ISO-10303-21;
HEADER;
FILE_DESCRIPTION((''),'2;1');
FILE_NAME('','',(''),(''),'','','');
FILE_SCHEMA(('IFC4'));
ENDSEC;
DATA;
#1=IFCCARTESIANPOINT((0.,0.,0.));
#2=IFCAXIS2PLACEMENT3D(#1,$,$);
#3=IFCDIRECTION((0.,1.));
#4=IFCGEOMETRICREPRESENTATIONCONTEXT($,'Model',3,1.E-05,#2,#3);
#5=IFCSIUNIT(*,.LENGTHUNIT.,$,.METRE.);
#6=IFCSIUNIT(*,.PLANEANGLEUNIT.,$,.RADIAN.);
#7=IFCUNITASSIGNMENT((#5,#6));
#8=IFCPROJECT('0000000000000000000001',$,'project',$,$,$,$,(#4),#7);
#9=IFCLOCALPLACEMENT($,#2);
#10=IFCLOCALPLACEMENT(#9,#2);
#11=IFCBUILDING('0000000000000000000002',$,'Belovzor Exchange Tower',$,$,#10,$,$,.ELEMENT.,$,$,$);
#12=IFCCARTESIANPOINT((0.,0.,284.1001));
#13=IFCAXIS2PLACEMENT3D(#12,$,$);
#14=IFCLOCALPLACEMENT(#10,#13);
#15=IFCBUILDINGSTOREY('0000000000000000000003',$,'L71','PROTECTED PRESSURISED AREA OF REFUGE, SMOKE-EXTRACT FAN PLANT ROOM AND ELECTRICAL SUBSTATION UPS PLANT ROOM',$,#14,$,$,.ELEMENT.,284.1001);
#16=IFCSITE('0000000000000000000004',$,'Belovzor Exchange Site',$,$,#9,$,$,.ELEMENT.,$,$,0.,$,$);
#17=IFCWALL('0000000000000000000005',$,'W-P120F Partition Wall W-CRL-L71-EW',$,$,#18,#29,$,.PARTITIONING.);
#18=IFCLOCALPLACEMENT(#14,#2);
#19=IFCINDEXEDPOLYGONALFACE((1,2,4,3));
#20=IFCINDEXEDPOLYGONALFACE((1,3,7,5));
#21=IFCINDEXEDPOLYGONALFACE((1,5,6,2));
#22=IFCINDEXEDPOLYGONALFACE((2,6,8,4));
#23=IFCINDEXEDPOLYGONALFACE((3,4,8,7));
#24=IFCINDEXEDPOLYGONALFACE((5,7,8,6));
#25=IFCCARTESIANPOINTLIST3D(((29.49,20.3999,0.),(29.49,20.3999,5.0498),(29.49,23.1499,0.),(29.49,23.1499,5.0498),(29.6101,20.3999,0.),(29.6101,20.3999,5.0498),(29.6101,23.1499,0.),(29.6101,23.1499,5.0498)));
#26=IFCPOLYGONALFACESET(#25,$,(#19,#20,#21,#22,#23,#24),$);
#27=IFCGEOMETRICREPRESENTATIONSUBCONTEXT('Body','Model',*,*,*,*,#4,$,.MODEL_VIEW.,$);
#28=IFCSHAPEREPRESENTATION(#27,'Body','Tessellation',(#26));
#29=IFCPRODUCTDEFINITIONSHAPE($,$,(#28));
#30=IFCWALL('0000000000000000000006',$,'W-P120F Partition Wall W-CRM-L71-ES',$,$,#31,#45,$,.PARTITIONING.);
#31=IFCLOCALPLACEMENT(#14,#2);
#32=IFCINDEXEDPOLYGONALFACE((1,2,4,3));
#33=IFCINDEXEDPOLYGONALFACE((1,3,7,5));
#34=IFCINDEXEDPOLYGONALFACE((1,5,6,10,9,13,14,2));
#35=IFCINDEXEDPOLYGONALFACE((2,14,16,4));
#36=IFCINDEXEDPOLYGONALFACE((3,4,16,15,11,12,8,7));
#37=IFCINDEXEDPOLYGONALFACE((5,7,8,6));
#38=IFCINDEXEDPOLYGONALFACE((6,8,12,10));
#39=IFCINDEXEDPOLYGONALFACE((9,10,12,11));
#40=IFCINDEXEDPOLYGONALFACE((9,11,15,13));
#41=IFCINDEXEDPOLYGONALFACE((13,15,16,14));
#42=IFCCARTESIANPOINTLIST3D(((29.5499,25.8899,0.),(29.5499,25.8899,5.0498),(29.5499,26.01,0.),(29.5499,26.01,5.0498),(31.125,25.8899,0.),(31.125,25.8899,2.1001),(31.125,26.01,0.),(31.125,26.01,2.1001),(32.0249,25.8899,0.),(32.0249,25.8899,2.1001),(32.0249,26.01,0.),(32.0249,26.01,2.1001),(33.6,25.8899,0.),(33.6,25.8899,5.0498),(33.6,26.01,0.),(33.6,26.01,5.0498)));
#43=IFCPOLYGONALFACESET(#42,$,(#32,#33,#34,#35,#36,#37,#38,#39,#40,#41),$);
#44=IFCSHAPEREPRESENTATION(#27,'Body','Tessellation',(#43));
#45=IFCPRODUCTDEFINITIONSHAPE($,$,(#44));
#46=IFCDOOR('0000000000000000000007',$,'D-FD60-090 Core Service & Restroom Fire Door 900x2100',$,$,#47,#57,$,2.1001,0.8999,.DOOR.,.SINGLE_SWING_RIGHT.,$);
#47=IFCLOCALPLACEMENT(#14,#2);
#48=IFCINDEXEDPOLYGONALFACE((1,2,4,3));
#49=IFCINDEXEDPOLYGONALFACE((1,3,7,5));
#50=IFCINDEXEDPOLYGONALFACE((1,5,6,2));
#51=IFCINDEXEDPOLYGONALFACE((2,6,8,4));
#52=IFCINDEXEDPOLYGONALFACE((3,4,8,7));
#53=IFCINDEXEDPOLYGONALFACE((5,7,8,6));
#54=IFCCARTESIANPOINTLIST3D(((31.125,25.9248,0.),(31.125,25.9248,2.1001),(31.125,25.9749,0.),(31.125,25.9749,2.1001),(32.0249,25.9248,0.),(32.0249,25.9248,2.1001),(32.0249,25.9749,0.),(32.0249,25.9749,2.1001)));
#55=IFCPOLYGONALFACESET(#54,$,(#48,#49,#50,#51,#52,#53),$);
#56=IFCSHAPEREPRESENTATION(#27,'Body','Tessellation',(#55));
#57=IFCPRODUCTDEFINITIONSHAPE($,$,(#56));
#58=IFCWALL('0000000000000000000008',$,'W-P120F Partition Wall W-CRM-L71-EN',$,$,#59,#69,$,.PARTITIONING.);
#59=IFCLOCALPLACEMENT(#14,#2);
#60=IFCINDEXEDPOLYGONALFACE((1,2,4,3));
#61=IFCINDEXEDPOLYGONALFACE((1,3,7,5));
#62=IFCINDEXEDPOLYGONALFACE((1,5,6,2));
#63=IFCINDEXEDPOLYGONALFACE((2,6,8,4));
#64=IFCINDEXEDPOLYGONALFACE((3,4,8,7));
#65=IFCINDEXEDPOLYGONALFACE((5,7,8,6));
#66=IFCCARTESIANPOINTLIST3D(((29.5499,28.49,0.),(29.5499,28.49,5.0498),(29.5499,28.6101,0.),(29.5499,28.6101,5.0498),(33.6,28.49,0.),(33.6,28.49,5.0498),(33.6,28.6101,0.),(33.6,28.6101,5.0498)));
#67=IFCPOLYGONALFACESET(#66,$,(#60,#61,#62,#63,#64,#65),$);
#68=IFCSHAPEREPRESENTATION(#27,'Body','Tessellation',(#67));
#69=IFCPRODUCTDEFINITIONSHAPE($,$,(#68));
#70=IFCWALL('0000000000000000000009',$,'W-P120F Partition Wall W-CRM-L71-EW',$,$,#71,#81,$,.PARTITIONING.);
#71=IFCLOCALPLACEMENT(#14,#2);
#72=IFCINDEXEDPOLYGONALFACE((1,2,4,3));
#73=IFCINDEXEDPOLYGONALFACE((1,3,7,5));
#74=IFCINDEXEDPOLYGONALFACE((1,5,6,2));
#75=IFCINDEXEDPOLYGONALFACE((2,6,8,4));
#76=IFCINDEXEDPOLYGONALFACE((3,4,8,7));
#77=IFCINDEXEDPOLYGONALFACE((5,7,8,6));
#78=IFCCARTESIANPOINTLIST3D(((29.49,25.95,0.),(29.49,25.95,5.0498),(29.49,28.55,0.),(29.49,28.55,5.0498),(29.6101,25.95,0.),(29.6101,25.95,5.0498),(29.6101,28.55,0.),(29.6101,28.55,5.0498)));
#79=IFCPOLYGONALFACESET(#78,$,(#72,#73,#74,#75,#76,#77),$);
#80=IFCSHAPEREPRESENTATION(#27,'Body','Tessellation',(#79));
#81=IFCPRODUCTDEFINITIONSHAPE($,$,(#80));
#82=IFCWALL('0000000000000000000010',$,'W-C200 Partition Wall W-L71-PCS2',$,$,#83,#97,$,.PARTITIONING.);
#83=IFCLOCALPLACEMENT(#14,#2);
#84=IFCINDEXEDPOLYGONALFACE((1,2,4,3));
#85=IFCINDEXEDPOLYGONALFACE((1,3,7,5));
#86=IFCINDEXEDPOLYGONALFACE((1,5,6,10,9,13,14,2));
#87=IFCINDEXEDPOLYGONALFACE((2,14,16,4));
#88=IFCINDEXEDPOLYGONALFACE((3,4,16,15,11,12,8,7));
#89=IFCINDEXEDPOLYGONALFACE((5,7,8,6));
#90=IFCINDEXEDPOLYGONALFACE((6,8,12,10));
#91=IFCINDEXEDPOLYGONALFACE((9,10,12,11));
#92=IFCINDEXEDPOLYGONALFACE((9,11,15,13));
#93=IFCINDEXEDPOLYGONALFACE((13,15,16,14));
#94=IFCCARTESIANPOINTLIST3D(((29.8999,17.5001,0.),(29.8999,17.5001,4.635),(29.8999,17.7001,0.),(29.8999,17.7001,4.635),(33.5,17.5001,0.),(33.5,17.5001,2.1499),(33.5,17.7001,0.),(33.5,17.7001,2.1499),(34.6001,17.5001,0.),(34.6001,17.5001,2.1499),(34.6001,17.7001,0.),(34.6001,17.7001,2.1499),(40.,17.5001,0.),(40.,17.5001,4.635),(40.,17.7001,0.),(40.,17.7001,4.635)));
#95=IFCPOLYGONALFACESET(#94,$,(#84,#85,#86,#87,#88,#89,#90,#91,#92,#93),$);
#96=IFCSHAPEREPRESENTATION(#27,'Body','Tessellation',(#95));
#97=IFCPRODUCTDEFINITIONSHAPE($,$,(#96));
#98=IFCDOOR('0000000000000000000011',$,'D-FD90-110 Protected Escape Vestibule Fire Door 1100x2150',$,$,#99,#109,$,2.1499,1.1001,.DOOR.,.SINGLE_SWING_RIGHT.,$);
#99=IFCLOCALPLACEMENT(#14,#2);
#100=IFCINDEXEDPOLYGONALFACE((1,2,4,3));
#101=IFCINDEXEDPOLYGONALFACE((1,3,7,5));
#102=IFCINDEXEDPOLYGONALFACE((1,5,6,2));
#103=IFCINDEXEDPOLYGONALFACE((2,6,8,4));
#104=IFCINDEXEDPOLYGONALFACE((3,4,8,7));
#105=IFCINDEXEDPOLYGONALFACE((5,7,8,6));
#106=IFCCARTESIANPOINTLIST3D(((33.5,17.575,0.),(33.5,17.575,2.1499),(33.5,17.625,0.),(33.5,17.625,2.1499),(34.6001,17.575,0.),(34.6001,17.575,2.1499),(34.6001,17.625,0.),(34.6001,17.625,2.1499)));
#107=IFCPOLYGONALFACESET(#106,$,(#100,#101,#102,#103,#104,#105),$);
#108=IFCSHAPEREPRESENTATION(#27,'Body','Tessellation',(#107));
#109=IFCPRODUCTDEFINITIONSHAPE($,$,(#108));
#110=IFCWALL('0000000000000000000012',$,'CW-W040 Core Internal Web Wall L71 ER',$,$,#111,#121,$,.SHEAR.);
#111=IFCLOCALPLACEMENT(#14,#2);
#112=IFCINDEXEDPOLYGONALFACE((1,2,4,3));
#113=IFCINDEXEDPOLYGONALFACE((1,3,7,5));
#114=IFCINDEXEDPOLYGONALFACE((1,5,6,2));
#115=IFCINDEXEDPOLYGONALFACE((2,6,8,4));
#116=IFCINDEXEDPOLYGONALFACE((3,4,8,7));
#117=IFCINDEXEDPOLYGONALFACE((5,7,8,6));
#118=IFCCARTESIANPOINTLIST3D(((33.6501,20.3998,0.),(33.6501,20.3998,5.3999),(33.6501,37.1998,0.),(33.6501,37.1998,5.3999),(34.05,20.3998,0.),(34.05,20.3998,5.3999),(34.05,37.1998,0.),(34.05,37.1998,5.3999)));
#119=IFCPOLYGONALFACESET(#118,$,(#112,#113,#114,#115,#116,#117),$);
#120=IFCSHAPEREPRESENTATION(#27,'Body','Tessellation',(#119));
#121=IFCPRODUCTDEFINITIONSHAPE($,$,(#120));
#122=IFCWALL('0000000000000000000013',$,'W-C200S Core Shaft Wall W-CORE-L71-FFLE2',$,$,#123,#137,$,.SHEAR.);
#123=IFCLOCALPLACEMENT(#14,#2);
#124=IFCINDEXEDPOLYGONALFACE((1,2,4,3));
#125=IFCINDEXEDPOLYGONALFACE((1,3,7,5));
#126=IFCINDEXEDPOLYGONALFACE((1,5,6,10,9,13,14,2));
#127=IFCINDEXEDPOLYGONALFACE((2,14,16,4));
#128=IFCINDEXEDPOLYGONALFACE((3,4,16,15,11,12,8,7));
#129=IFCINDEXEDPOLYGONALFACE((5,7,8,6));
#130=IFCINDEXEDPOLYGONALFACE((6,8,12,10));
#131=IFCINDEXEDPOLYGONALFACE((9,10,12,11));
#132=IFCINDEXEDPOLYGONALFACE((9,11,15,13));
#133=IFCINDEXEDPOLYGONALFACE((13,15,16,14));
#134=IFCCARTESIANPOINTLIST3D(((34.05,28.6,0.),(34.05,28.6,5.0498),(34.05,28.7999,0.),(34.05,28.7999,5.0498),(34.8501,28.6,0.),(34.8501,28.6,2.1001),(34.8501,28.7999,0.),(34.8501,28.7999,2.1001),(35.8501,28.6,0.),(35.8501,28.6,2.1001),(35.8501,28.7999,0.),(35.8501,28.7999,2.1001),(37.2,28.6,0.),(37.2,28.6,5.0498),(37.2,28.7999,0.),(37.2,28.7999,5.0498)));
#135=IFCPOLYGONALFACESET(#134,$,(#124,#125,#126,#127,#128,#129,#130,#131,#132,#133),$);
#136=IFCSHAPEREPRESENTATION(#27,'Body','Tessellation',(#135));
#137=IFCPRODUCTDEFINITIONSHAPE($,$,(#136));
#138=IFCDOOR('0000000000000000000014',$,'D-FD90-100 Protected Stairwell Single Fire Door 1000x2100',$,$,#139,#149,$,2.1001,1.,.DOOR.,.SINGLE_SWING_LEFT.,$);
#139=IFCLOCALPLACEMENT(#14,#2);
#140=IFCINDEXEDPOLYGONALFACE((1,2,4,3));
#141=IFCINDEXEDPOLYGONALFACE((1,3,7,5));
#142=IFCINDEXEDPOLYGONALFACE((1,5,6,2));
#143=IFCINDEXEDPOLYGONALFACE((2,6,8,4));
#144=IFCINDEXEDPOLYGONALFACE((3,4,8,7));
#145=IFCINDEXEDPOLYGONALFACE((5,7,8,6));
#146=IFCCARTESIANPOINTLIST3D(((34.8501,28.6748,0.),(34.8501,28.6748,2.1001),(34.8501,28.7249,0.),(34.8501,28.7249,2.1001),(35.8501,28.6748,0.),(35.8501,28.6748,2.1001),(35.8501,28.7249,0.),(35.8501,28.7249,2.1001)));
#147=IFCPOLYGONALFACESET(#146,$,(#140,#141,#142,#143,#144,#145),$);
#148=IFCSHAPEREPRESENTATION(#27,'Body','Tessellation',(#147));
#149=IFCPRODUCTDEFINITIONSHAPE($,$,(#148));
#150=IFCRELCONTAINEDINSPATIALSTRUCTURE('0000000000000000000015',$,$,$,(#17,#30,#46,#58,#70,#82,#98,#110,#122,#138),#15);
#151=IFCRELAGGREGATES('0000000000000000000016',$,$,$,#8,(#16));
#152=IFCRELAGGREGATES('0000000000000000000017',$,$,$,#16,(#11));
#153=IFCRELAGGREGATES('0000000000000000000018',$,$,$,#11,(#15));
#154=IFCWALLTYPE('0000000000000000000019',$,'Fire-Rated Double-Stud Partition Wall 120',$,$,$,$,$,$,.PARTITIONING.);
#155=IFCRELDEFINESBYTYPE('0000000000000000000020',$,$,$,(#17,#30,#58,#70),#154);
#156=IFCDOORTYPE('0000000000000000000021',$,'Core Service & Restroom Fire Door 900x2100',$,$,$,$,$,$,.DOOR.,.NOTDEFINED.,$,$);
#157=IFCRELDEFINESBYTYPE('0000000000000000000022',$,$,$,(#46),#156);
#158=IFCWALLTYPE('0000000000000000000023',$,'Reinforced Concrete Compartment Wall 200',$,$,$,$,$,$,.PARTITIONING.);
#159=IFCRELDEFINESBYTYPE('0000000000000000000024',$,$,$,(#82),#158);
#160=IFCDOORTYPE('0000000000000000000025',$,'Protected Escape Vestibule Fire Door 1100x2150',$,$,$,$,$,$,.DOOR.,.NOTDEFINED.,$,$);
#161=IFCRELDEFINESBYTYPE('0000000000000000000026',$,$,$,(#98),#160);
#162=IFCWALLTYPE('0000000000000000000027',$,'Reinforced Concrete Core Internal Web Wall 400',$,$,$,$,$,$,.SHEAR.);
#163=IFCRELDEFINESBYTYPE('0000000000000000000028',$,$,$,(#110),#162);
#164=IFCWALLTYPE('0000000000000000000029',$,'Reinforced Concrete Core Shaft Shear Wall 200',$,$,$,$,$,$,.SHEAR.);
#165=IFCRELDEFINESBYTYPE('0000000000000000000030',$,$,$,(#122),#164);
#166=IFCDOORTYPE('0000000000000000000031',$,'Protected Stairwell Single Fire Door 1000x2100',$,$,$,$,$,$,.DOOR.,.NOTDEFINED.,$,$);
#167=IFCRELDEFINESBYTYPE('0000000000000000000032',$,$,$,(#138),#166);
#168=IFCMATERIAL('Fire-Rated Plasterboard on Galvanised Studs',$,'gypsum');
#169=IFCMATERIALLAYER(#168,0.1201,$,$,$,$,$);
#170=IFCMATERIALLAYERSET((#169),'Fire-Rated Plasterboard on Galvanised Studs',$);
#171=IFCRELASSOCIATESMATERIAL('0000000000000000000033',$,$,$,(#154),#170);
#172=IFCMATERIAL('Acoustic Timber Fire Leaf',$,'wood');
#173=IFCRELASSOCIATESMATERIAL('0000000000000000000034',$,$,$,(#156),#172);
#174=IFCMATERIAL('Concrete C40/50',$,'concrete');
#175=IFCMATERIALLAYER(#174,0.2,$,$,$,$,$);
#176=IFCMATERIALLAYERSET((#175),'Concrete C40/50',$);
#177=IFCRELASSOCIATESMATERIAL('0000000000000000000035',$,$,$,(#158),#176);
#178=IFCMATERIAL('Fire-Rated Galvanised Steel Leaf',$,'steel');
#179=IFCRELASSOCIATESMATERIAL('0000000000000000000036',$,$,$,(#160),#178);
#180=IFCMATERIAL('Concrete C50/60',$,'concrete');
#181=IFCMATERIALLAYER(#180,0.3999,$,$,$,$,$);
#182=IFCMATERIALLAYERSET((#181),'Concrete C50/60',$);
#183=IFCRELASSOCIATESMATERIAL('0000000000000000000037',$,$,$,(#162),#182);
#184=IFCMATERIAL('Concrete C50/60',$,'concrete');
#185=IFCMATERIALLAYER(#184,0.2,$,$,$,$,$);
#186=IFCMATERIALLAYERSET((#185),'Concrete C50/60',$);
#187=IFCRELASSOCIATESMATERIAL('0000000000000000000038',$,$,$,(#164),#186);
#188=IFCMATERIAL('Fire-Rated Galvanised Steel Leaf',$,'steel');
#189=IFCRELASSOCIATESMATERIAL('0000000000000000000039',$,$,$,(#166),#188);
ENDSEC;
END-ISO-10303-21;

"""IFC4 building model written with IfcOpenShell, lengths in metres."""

from ifc_helpers import new_model, si_unit, direction, frame, frame_2d, origin, place, context, subcontext, project, spatial, rectangle, extrude, material, layer, layer_set, type_object, element, fill, save


model = new_model("IFC4")

# Units and contexts
model_context = context("Model", 3, precision=1e-05, world=origin(), true_north=direction((0.0, 1.0)))
body_context = subcontext(model_context, "Body", "Model", "MODEL_VIEW")
ifc_project = project(units=[si_unit("LENGTHUNIT", "METRE"), si_unit("PLANEANGLEUNIT", "RADIAN")], contexts=[model_context])

# Site, building, storey
site_placement = place(None, origin())
site = spatial("IfcSite", under=ifc_project, at=site_placement, Name="Belovzor Exchange Site", CompositionType="ELEMENT", RefElevation=0.0)
building_placement = place(site_placement, origin())
building = spatial("IfcBuilding", under=site, at=building_placement, Name="Belovzor Exchange Tower", CompositionType="ELEMENT")
storey_placement = place(building_placement, frame((0.0, 0.0, 284.1001)))
storey = spatial("IfcBuildingStorey", under=building, at=storey_placement, Name="L71", Description="PROTECTED PRESSURISED AREA OF REFUGE, SMOKE-EXTRACT FAN PLANT ROOM AND ELECTRICAL SUBSTATION UPS PLANT ROOM", CompositionType="ELEMENT", Elevation=284.1001)

# Shared definitions
ifc_material_1 = material(Name="Fire-Rated Plasterboard on Galvanised Studs", Category="gypsum")
ifc_layer_1 = layer(ifc_material_1, 0.1201)
ifc_layer_set_1 = layer_set([ifc_layer_1], Name="Fire-Rated Plasterboard on Galvanised Studs")
wall_type_1 = type_object("IfcWallType", Name="Fire-Rated Double-Stud Partition Wall 120", PredefinedType="PARTITIONING", material=ifc_layer_set_1)
ifc_material_2 = material(Name="Acoustic Timber Fire Leaf", Category="wood")
door_type_1 = type_object("IfcDoorType", Name="Core Service & Restroom Fire Door 900x2100", OperationType="NOTDEFINED", PredefinedType="DOOR", material=ifc_material_2)

# Wall
wall_1_placement = place(storey_placement, frame((29.55, 20.3999, 0.0), z_axis=(0.0, 0.0, 1.0), x_axis=(0.0, 1.0, 0.0)))
element("IfcWall", 1, at=wall_1_placement, inside=storey, type_object=wall_type_1, Name="W-P120F Partition Wall W-CRL-L71-EW", PredefinedType="PARTITIONING", context=body_context, shape_type="SweptSolid", body=[
    extrude(rectangle(XDim=2.75, YDim=0.1201, at=frame_2d((1.375, 0.0))), origin(), (0.0, 0.0, 1.0), 5.0498),
])

# Wall, opening, door
wall_2_placement = place(storey_placement, frame((29.55, 25.95, 0.0), z_axis=(0.0, 0.0, 1.0), x_axis=(1.0, 0.0, 0.0)))
wall_2 = element("IfcWall", 2, at=wall_2_placement, inside=storey, type_object=wall_type_1, Name="W-P120F Partition Wall W-CRM-L71-ES", PredefinedType="PARTITIONING", context=body_context, shape_type="SweptSolid", body=[
    extrude(rectangle(XDim=4.05, YDim=0.1201, at=frame_2d((2.0249, 0.0))), origin(), (0.0, 0.0, 1.0), 5.0498),
])
opening_1_placement = place(wall_2_placement, frame((1.575, 0.0, 0.0)))
opening_1 = element("IfcOpeningElement", 3, at=opening_1_placement, cuts=wall_2, PredefinedType="OPENING", context=body_context, shape_type="SweptSolid", body=[
    extrude(rectangle(XDim=0.8999, YDim=2.1001, at=frame_2d((0.45, 1.05))), frame((0.0, 0.0701, 0.0), z_axis=(0.0, -1.0, 0.0), x_axis=(1.0, 0.0, 0.0)), (0.0, 0.0, 1.0), 0.1401),
])
door_1_placement = place(opening_1_placement, origin())
door_1 = element("IfcDoor", 4, at=door_1_placement, inside=storey, type_object=door_type_1, Name="D-FD60-090 Core Service & Restroom Fire Door 900x2100", OperationType="SINGLE_SWING_RIGHT", OverallHeight=2.1001, OverallWidth=0.8999, PredefinedType="DOOR", context=body_context, shape_type="SweptSolid", body=[
    extrude(rectangle(XDim=0.8999, YDim=2.1001, at=frame_2d((0.45, 1.05))), frame((0.0, 0.0249, 0.0), z_axis=(0.0, -1.0, 0.0), x_axis=(1.0, 0.0, 0.0)), (0.0, 0.0, 1.0), 0.05),
])
fill(opening_1, door_1)

# Walls
wall_3_placement = place(storey_placement, frame((29.55, 28.55, 0.0), z_axis=(0.0, 0.0, 1.0), x_axis=(1.0, 0.0, 0.0)))
element("IfcWall", 5, at=wall_3_placement, inside=storey, type_object=wall_type_1, Name="W-P120F Partition Wall W-CRM-L71-EN", PredefinedType="PARTITIONING", context=body_context, shape_type="SweptSolid", body=[
    extrude(rectangle(XDim=4.05, YDim=0.1201, at=frame_2d((2.0249, 0.0))), origin(), (0.0, 0.0, 1.0), 5.0498),
])
wall_4_placement = place(storey_placement, frame((29.55, 25.95, 0.0), z_axis=(0.0, 0.0, 1.0), x_axis=(0.0, 1.0, 0.0)))
element("IfcWall", 6, at=wall_4_placement, inside=storey, type_object=wall_type_1, Name="W-P120F Partition Wall W-CRM-L71-EW", PredefinedType="PARTITIONING", context=body_context, shape_type="SweptSolid", body=[
    extrude(rectangle(XDim=2.6001, YDim=0.1201, at=frame_2d((1.3, 0.0))), origin(), (0.0, 0.0, 1.0), 5.0498),
])

# Wall, opening, door
ifc_material_3 = material(Name="Concrete C40/50", Category="concrete")
ifc_layer_2 = layer(ifc_material_3, 0.2)
ifc_layer_set_2 = layer_set([ifc_layer_2], Name="Concrete C40/50")
wall_type_2 = type_object("IfcWallType", Name="Reinforced Concrete Compartment Wall 200", PredefinedType="PARTITIONING", material=ifc_layer_set_2)
wall_5_placement = place(storey_placement, frame((29.8999, 17.6001, 0.0), z_axis=(0.0, 0.0, 1.0), x_axis=(1.0, 0.0, 0.0)))
wall_5 = element("IfcWall", 7, at=wall_5_placement, inside=storey, type_object=wall_type_2, Name="W-C200 Partition Wall W-L71-PCS2", PredefinedType="PARTITIONING", context=body_context, shape_type="SweptSolid", body=[
    extrude(rectangle(XDim=10.1001, YDim=0.2, at=frame_2d((5.05, 0.0))), origin(), (0.0, 0.0, 1.0), 4.635),
])
opening_2_placement = place(wall_5_placement, frame((3.6001, 0.0, 0.0)))
opening_2 = element("IfcOpeningElement", 8, at=opening_2_placement, cuts=wall_5, PredefinedType="OPENING", context=body_context, shape_type="SweptSolid", body=[
    extrude(rectangle(XDim=1.1001, YDim=2.1499, at=frame_2d((0.55, 1.075))), frame((0.0, 0.1099, 0.0), z_axis=(0.0, -1.0, 0.0), x_axis=(1.0, 0.0, 0.0)), (0.0, 0.0, 1.0), 0.22),
])
ifc_material_4 = material(Name="Fire-Rated Galvanised Steel Leaf", Category="steel")
door_type_2 = type_object("IfcDoorType", Name="Protected Escape Vestibule Fire Door 1100x2150", OperationType="NOTDEFINED", PredefinedType="DOOR", material=ifc_material_4)
door_2_placement = place(opening_2_placement, origin())
door_2 = element("IfcDoor", 9, at=door_2_placement, inside=storey, type_object=door_type_2, Name="D-FD90-110 Protected Escape Vestibule Fire Door 1100x2150", OperationType="SINGLE_SWING_RIGHT", OverallHeight=2.1499, OverallWidth=1.1001, PredefinedType="DOOR", context=body_context, shape_type="SweptSolid", body=[
    extrude(rectangle(XDim=1.1001, YDim=2.1499, at=frame_2d((0.55, 1.075))), frame((0.0, 0.0249, 0.0), z_axis=(0.0, -1.0, 0.0), x_axis=(1.0, 0.0, 0.0)), (0.0, 0.0, 1.0), 0.05),
])
fill(opening_2, door_2)

# Wall
ifc_material_5 = material(Name="Concrete C50/60", Category="concrete")
ifc_layer_3 = layer(ifc_material_5, 0.3999)
ifc_layer_set_3 = layer_set([ifc_layer_3], Name="Concrete C50/60")
wall_type_3 = type_object("IfcWallType", Name="Reinforced Concrete Core Internal Web Wall 400", PredefinedType="SHEAR", material=ifc_layer_set_3)
wall_6_placement = place(storey_placement, frame((33.8501, 20.3999, 0.0), z_axis=(0.0, 0.0, 1.0), x_axis=(0.0, 1.0, 0.0)))
element("IfcWall", 10, at=wall_6_placement, inside=storey, type_object=wall_type_3, Name="CW-W040 Core Internal Web Wall L71 ER", PredefinedType="SHEAR", context=body_context, shape_type="SweptSolid", body=[
    extrude(rectangle(XDim=16.8, YDim=0.3999, at=frame_2d((8.3999, 0.0))), origin(), (0.0, 0.0, 1.0), 5.3999),
])

# Wall, opening, door
ifc_material_6 = material(Name="Concrete C50/60", Category="concrete")
ifc_layer_4 = layer(ifc_material_6, 0.2)
ifc_layer_set_4 = layer_set([ifc_layer_4], Name="Concrete C50/60")
wall_type_4 = type_object("IfcWallType", Name="Reinforced Concrete Core Shaft Shear Wall 200", PredefinedType="SHEAR", material=ifc_layer_set_4)
wall_7_placement = place(storey_placement, frame((34.05, 28.7, 0.0), z_axis=(0.0, 0.0, 1.0), x_axis=(1.0, 0.0, 0.0)))
wall_7 = element("IfcWall", 11, at=wall_7_placement, inside=storey, type_object=wall_type_4, Name="W-C200S Core Shaft Wall W-CORE-L71-FFLE2", PredefinedType="SHEAR", context=body_context, shape_type="SweptSolid", body=[
    extrude(rectangle(XDim=3.1499, YDim=0.2, at=frame_2d((1.575, 0.0))), origin(), (0.0, 0.0, 1.0), 5.0498),
])
opening_3_placement = place(wall_7_placement, frame((0.8, 0.0, 0.0)))
opening_3 = element("IfcOpeningElement", 12, at=opening_3_placement, cuts=wall_7, PredefinedType="OPENING", context=body_context, shape_type="SweptSolid", body=[
    extrude(rectangle(XDim=1.0, YDim=2.1001, at=frame_2d((0.5, 1.05))), frame((0.0, 0.1099, 0.0), z_axis=(0.0, -1.0, 0.0), x_axis=(1.0, 0.0, 0.0)), (0.0, 0.0, 1.0), 0.22),
])
ifc_material_7 = material(Name="Fire-Rated Galvanised Steel Leaf", Category="steel")
door_type_3 = type_object("IfcDoorType", Name="Protected Stairwell Single Fire Door 1000x2100", OperationType="NOTDEFINED", PredefinedType="DOOR", material=ifc_material_7)
door_3_placement = place(opening_3_placement, origin())
door_3 = element("IfcDoor", 13, at=door_3_placement, inside=storey, type_object=door_type_3, Name="D-FD90-100 Protected Stairwell Single Fire Door 1000x2100", OperationType="SINGLE_SWING_LEFT", OverallHeight=2.1001, OverallWidth=1.0, PredefinedType="DOOR", context=body_context, shape_type="SweptSolid", body=[
    extrude(rectangle(XDim=1.0, YDim=2.1001, at=frame_2d((0.5, 1.05))), frame((0.0, 0.0249, 0.0), z_axis=(0.0, -1.0, 0.0), x_axis=(1.0, 0.0, 0.0)), (0.0, 0.0, 1.0), 0.05),
])
fill(opening_3, door_3)

save(model, "model.ifc")
